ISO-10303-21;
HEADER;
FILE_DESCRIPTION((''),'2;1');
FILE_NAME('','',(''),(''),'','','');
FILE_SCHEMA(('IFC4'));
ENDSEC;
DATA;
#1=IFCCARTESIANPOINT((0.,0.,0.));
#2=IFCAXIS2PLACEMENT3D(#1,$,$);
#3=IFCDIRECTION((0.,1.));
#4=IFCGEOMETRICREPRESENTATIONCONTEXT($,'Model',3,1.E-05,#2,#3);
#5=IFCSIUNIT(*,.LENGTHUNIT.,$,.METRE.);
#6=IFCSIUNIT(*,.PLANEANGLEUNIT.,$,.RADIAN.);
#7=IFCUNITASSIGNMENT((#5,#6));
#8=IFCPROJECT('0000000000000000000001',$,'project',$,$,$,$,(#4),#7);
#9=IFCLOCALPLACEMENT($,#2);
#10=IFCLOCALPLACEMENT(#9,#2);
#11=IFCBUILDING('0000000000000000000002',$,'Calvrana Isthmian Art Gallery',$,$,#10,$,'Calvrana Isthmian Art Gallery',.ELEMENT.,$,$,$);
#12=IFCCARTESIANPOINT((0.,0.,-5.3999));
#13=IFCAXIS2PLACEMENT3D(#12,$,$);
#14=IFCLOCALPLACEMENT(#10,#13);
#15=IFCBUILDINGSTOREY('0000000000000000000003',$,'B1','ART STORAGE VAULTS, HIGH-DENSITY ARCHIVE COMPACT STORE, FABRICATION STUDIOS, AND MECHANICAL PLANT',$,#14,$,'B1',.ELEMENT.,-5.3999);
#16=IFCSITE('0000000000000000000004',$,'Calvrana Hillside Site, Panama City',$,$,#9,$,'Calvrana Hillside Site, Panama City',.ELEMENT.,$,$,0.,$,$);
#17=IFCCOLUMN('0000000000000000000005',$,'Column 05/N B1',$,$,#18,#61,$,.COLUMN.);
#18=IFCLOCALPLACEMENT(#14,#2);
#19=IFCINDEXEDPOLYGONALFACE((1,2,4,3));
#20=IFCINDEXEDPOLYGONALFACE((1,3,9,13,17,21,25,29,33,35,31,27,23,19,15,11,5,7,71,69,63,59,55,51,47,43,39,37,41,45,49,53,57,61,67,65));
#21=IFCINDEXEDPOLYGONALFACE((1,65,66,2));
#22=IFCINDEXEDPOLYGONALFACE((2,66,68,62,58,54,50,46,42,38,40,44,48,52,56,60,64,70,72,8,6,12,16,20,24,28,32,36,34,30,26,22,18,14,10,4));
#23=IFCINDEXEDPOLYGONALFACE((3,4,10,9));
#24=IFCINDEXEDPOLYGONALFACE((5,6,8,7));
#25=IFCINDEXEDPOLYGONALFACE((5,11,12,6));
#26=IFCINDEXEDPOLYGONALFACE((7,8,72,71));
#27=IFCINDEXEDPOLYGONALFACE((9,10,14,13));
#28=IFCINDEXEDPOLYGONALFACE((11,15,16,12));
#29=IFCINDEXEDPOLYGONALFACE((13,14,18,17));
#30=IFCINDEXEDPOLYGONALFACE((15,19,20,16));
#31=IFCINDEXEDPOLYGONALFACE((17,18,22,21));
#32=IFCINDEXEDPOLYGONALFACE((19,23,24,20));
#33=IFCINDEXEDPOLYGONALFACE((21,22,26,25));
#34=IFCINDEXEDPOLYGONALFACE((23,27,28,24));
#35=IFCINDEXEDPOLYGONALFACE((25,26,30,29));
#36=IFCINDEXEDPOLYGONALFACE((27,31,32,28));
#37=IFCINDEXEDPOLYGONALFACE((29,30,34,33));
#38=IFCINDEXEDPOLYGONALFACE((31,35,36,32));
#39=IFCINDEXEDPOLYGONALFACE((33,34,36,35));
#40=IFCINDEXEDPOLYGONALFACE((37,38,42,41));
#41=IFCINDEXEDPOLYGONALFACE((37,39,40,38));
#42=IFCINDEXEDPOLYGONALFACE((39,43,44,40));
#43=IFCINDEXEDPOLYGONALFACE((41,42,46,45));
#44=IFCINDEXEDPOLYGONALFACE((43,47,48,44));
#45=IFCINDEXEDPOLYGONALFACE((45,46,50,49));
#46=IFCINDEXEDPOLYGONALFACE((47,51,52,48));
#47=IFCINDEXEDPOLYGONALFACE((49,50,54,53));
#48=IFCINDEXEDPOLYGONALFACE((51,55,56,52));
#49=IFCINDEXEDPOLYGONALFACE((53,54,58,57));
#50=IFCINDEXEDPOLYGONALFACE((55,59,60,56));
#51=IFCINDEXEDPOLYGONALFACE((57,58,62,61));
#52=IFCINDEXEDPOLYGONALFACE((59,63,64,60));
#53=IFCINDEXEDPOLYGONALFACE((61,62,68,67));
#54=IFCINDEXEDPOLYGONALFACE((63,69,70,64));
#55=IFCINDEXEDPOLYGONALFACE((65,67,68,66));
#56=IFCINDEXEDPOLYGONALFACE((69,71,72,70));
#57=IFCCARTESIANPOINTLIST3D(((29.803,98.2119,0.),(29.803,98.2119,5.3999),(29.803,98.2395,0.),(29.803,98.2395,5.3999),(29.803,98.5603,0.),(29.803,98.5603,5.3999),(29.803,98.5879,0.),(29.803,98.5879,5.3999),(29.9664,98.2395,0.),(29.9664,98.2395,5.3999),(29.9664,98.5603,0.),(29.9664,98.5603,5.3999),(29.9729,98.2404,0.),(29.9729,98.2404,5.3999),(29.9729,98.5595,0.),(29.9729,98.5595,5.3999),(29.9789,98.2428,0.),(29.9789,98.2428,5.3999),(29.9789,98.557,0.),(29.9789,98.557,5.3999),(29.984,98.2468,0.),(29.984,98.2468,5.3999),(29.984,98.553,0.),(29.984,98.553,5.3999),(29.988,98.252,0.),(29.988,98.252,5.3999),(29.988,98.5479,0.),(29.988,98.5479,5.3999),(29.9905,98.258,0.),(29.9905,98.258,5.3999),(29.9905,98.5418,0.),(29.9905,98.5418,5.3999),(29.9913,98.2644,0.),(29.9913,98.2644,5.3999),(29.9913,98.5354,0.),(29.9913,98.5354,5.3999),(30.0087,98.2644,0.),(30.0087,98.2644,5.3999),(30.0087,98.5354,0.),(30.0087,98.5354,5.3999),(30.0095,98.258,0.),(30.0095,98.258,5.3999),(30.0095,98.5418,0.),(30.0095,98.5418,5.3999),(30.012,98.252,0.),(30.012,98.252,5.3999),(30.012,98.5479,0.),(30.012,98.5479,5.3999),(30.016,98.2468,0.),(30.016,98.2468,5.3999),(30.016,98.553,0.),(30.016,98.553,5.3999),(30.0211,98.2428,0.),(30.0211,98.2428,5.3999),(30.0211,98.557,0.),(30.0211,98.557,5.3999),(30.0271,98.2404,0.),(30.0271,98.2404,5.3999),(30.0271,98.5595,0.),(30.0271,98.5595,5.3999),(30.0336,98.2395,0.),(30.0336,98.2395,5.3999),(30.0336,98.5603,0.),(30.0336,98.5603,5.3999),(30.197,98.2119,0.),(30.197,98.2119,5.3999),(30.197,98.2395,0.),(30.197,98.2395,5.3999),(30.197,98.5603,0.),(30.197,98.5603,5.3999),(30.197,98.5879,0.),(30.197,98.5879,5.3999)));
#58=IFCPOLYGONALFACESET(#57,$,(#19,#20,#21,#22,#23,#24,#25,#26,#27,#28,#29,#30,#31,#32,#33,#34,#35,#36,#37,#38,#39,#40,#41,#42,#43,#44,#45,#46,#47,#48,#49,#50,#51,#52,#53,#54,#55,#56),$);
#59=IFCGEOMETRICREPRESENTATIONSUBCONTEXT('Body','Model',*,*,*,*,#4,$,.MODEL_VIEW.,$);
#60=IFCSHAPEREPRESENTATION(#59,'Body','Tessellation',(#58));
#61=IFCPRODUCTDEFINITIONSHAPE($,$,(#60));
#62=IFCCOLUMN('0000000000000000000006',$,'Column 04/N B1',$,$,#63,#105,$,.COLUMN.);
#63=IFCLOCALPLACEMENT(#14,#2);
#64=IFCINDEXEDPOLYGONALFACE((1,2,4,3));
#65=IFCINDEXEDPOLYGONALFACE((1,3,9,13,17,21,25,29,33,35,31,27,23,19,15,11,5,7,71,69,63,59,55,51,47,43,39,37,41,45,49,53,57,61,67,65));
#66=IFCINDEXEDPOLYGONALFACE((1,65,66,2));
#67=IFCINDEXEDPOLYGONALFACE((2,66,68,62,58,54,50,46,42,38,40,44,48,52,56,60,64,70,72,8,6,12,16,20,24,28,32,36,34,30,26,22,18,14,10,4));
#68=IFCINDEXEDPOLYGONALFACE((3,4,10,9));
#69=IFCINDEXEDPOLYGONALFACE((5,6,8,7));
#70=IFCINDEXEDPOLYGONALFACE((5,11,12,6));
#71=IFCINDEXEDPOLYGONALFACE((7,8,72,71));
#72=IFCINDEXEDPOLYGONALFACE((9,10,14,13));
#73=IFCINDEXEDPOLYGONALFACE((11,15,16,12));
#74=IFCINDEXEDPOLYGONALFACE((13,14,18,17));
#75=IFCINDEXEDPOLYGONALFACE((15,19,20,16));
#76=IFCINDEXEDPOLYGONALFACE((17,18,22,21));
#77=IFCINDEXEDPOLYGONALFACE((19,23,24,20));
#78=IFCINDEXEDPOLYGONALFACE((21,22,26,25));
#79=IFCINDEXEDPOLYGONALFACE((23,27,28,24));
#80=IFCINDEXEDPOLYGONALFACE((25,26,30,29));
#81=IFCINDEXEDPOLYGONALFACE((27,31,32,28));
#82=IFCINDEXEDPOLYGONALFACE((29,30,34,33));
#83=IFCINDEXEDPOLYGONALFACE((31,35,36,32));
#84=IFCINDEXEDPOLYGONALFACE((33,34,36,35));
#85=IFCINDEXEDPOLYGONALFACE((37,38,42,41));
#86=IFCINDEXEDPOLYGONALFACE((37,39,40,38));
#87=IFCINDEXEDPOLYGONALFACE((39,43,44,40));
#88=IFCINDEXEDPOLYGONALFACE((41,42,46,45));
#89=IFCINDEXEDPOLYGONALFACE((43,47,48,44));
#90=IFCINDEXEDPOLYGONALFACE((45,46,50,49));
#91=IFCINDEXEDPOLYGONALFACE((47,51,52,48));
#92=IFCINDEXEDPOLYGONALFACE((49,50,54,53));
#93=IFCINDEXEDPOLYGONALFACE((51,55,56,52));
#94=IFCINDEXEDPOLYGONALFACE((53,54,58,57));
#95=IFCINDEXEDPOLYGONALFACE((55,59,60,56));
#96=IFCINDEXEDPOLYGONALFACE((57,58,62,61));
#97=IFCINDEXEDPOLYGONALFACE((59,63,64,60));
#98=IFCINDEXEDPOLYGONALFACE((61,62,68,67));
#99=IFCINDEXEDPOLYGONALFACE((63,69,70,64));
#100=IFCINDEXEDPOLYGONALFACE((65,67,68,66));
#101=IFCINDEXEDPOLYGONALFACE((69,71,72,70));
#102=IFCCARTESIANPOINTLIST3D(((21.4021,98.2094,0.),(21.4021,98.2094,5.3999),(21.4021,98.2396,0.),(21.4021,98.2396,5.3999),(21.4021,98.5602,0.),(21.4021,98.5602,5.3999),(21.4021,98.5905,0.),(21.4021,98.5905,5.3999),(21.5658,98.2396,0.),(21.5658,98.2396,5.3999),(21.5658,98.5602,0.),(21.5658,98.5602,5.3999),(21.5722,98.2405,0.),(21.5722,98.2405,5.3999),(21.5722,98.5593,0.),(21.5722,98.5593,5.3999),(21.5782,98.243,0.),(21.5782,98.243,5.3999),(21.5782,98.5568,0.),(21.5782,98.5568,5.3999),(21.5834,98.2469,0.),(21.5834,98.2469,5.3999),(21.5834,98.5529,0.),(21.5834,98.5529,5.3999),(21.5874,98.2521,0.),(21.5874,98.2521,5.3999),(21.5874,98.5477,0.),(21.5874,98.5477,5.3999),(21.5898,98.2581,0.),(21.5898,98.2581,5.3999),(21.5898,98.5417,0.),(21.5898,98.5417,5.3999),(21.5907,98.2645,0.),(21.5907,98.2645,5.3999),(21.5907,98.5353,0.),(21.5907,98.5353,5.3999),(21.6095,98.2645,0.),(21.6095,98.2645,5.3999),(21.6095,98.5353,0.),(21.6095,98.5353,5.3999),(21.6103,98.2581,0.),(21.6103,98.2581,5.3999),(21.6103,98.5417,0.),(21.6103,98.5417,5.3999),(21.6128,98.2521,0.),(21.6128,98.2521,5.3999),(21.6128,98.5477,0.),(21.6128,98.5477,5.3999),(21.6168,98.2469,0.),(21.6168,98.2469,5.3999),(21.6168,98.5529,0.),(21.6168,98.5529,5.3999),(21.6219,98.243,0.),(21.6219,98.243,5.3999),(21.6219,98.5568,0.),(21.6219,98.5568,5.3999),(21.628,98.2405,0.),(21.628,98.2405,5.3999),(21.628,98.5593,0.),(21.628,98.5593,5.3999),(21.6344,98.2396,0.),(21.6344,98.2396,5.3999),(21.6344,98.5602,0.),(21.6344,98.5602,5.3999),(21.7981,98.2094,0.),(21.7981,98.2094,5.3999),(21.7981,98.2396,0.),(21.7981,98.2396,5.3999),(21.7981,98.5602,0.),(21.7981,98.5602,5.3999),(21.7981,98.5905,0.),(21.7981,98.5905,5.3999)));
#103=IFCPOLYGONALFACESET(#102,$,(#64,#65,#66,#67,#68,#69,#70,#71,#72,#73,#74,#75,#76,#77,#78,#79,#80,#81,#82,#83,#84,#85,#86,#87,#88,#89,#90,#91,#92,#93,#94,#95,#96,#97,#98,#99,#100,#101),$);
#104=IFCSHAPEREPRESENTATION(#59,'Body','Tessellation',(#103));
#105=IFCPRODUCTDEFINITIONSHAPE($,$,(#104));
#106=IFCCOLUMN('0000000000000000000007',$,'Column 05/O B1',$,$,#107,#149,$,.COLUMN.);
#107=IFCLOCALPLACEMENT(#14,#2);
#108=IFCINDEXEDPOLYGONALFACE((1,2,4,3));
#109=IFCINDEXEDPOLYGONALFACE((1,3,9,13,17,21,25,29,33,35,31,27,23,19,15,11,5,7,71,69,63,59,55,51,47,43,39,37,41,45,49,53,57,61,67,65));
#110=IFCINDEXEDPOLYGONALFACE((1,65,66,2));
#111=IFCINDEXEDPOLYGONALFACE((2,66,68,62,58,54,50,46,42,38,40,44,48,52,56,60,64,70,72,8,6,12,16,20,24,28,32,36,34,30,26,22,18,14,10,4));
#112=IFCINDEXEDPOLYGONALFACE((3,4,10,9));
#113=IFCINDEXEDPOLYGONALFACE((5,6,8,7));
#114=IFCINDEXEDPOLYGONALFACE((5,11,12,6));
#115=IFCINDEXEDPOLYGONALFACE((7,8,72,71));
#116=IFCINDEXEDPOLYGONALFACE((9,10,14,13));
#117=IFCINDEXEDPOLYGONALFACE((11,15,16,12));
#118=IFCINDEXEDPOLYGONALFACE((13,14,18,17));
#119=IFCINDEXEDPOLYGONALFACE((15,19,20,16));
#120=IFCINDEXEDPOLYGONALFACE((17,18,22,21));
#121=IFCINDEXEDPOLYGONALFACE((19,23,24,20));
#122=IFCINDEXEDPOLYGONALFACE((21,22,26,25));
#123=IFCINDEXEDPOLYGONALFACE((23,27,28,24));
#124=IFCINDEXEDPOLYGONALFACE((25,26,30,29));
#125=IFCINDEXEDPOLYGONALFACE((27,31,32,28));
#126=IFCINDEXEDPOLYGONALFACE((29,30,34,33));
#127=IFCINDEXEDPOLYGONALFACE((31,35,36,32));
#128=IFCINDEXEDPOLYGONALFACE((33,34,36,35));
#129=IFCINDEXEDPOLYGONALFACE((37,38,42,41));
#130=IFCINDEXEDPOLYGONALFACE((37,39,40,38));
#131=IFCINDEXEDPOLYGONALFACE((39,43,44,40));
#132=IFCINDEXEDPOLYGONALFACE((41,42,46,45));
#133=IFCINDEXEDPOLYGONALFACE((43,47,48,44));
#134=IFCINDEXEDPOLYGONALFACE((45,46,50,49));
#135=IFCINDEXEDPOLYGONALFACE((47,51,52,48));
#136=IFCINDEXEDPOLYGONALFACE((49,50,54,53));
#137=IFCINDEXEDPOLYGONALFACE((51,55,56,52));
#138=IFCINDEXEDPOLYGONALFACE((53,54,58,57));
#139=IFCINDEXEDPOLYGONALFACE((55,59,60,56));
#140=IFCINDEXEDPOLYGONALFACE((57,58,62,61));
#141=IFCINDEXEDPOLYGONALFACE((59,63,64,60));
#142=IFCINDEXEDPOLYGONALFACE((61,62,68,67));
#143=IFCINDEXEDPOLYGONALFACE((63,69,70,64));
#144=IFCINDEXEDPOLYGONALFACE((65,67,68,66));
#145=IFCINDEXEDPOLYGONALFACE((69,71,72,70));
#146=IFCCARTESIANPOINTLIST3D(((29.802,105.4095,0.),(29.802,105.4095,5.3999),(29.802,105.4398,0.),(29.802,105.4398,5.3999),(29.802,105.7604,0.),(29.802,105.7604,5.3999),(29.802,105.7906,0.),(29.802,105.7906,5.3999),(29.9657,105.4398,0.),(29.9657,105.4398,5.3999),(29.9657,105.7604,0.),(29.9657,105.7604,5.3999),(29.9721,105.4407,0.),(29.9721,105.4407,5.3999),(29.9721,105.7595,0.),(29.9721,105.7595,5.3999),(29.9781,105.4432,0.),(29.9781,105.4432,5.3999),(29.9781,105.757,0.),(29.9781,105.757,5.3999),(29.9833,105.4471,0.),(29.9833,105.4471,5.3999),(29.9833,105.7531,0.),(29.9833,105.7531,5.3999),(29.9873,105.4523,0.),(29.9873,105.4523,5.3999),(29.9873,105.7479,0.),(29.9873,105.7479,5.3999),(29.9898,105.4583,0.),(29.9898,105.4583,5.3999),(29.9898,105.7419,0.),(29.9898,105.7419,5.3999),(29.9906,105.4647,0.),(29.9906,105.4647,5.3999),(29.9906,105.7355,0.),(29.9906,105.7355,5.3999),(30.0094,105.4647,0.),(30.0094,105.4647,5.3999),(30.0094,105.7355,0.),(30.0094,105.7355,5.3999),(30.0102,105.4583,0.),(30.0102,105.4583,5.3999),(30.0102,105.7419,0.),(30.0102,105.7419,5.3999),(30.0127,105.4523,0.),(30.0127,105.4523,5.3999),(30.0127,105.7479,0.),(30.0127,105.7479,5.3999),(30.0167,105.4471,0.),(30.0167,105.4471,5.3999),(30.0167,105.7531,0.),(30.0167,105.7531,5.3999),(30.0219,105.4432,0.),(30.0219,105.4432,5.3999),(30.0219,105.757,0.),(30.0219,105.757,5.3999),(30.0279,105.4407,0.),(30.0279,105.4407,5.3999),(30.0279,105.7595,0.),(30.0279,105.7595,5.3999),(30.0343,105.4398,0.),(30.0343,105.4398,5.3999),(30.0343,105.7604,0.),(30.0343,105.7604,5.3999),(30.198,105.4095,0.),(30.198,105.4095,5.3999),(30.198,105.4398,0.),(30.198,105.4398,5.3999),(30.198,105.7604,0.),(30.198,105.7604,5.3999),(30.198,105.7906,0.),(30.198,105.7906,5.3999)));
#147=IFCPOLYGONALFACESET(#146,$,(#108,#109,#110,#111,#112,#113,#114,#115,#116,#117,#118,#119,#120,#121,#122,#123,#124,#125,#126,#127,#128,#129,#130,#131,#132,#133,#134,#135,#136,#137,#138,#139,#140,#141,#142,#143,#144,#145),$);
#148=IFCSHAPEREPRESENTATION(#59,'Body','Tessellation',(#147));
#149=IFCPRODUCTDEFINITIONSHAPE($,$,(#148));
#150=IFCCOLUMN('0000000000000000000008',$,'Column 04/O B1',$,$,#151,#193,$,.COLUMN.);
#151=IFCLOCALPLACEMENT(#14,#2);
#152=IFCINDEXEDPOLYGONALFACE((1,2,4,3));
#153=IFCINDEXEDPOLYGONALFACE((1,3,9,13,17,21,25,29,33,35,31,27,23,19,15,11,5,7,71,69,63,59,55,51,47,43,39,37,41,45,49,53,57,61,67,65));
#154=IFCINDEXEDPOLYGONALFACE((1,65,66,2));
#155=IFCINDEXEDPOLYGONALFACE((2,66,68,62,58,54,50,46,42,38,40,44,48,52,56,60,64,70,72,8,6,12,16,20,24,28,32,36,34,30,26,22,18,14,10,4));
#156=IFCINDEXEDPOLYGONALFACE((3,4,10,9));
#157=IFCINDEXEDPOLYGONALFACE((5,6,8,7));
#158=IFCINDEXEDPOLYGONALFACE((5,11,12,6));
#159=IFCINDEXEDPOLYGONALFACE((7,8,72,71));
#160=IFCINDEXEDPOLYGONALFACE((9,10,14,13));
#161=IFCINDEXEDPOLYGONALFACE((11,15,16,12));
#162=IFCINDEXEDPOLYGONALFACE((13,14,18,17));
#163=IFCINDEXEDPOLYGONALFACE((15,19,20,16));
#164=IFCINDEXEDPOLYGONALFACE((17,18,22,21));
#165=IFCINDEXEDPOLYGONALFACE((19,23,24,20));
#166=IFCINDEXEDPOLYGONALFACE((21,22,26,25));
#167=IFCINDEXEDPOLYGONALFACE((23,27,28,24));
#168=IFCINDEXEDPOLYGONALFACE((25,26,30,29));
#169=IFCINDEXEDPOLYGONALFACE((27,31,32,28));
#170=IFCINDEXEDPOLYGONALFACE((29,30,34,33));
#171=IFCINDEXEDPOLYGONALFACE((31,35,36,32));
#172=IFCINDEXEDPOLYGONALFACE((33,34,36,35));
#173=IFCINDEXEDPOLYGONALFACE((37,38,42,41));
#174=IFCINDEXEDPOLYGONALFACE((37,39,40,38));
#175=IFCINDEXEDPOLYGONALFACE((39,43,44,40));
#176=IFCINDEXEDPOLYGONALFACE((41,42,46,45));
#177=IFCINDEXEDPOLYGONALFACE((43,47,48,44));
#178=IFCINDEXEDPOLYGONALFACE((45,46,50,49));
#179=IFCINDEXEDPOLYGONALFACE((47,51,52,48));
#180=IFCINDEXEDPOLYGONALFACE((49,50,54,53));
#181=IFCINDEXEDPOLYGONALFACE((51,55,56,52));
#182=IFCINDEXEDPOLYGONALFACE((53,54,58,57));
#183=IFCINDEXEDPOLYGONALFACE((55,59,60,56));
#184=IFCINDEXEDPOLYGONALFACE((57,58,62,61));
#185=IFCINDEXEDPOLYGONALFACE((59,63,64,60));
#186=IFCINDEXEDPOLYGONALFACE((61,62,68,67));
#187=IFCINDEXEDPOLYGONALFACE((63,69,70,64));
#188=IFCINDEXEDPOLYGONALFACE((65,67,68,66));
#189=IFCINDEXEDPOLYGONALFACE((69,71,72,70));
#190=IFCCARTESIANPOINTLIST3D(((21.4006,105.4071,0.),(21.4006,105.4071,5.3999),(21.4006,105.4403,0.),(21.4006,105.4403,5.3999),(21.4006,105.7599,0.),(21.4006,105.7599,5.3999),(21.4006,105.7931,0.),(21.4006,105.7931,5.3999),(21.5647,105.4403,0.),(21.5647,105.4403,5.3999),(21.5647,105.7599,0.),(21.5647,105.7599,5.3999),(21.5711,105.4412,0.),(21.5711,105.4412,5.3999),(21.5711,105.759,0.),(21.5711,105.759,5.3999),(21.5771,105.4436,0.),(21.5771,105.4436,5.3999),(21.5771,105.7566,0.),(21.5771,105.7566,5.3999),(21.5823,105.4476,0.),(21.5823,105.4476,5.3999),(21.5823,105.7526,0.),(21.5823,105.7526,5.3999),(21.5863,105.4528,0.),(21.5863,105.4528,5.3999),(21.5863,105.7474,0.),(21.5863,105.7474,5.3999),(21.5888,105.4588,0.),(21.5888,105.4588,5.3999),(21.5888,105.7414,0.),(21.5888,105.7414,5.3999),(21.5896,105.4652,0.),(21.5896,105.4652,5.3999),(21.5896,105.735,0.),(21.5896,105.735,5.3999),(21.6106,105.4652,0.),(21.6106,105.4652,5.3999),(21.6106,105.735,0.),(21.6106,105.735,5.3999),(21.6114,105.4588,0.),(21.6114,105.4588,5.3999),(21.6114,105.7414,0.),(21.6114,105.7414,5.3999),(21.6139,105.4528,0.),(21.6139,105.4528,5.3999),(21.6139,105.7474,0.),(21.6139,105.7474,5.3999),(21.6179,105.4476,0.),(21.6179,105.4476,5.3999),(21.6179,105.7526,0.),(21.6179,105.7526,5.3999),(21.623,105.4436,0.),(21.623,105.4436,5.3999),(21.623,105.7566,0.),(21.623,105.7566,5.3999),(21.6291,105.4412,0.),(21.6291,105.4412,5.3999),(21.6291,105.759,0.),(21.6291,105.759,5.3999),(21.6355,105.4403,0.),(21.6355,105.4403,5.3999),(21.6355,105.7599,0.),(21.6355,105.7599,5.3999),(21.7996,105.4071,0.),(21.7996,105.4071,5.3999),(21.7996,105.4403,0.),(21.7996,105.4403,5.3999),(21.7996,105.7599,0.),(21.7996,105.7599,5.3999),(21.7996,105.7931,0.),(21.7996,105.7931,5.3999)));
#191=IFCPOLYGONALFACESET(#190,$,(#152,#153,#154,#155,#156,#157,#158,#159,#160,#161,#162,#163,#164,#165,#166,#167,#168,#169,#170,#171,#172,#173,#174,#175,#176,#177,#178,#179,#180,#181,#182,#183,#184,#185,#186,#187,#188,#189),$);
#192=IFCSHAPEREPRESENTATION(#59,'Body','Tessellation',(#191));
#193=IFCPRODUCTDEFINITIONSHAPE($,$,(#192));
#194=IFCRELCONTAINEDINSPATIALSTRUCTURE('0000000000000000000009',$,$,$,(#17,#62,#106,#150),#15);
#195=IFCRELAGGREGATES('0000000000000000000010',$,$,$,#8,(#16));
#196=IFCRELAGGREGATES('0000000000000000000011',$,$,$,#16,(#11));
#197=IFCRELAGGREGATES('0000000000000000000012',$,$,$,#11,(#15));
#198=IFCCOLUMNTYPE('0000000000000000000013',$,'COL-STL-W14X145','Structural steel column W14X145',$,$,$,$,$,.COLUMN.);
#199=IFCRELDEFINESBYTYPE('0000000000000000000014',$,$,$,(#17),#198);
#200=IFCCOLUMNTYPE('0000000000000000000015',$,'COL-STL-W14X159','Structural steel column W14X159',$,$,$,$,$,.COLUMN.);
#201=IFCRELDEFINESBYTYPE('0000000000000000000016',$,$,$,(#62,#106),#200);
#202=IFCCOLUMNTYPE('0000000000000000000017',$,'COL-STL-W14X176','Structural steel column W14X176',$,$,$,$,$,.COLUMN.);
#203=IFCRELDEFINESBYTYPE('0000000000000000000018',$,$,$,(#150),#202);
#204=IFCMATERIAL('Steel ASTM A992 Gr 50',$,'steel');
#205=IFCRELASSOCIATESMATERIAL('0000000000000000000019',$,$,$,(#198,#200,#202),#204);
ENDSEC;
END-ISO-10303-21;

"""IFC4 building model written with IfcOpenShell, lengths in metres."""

from ifc_helpers import new_model, si_unit, direction, frame, origin, origin_2d, place, context, subcontext, project, spatial, i_section, extrude, material, material_profile, profile_set, type_object, element, save


model = new_model("IFC4")

# Units and contexts
model_context = context("Model", 3, precision=1e-05, world=origin(), true_north=direction((0.0, 1.0)))
body_context = subcontext(model_context, "Body", "Model", "MODEL_VIEW")
ifc_project = project(units=[si_unit("LENGTHUNIT", "METRE"), si_unit("PLANEANGLEUNIT", "RADIAN")], contexts=[model_context])

# Site, building, storey
site_placement = place(None, origin())
site = spatial("IfcSite", under=ifc_project, at=site_placement, Name="Calvrana Hillside Site, Panama City", LongName="Calvrana Hillside Site, Panama City", CompositionType="ELEMENT", RefElevation=0.0)
building_placement = place(site_placement, origin())
building = spatial("IfcBuilding", under=site, at=building_placement, Name="Calvrana Isthmian Art Gallery", LongName="Calvrana Isthmian Art Gallery", CompositionType="ELEMENT")
storey_placement = place(building_placement, frame((0.0, 0.0, -5.3999)))
storey = spatial("IfcBuildingStorey", under=building, at=storey_placement, Name="B1", Description="ART STORAGE VAULTS, HIGH-DENSITY ARCHIVE COMPACT STORE, FABRICATION STUDIOS, AND MECHANICAL PLANT", LongName="B1", CompositionType="ELEMENT", Elevation=-5.3999)

# Columns
ifc_material_1 = material(Name="Steel ASTM A992 Gr 50", Category="steel")
ifc_material_profile_1 = material_profile(ifc_material_1, i_section(OverallWidth=0.394, OverallDepth=0.376, WebThickness=0.0173, FlangeThickness=0.0276, FilletRadius=0.0249, at=origin_2d()), Name="W14X145")
ifc_profile_set_1 = profile_set([ifc_material_profile_1], Name="Steel ASTM A992 Gr 50")
column_type_1 = type_object("IfcColumnType", Name="COL-STL-W14X145", Description="Structural steel column W14X145", PredefinedType="COLUMN", material=ifc_profile_set_1)
column_1_placement = place(storey_placement, frame((30.0, 98.3999, 0.0), z_axis=(0.0, 0.0, 1.0), x_axis=(1.0, 0.0, 0.0)))
element("IfcColumn", 1, at=column_1_placement, inside=storey, type_object=column_type_1, Name="Column 05/N B1", PredefinedType="COLUMN", context=body_context, shape_type="SweptSolid", body=[
    extrude(i_section(OverallWidth=0.394, OverallDepth=0.376, WebThickness=0.0173, FlangeThickness=0.0276, FilletRadius=0.0249, at=origin_2d()), origin(), (0.0, 0.0, 1.0), 5.3999),
])
ifc_material_profile_2 = material_profile(ifc_material_1, i_section(OverallWidth=0.396, OverallDepth=0.3811, WebThickness=0.0188, FlangeThickness=0.0303, FilletRadius=0.0249, at=origin_2d()), Name="W14X159")
ifc_profile_set_2 = profile_set([ifc_material_profile_2], Name="Steel ASTM A992 Gr 50")
column_type_2 = type_object("IfcColumnType", Name="COL-STL-W14X159", Description="Structural steel column W14X159", PredefinedType="COLUMN", material=ifc_profile_set_2)
for number, where, z_axis, x_axis, name in (
    (2, (21.6001, 98.3999, 0.0), (0.0, 0.0, 1.0), (1.0, 0.0, 0.0), "Column 04/N B1"),
    (3, (30.0, 105.6001, 0.0), (0.0, 0.0, 1.0), (1.0, 0.0, 0.0), "Column 05/O B1"),
):
    element("IfcColumn", number, at=place(storey_placement, frame(where, z_axis=z_axis, x_axis=x_axis)), inside=storey, type_object=column_type_2, Name=name, PredefinedType="COLUMN", context=body_context, shape_type="SweptSolid", body=[
        extrude(i_section(OverallWidth=0.396, OverallDepth=0.3811, WebThickness=0.0188, FlangeThickness=0.0303, FilletRadius=0.0249, at=origin_2d()), origin(), (0.0, 0.0, 1.0), 5.3999),
    ])
ifc_material_profile_3 = material_profile(ifc_material_1, i_section(OverallWidth=0.3989, OverallDepth=0.386, WebThickness=0.021, FlangeThickness=0.0332, FilletRadius=0.0249, at=origin_2d()), Name="W14X176")
ifc_profile_set_3 = profile_set([ifc_material_profile_3], Name="Steel ASTM A992 Gr 50")
column_type_3 = type_object("IfcColumnType", Name="COL-STL-W14X176", Description="Structural steel column W14X176", PredefinedType="COLUMN", material=ifc_profile_set_3)
column_2_placement = place(storey_placement, frame((21.6001, 105.6001, 0.0), z_axis=(0.0, 0.0, 1.0), x_axis=(1.0, 0.0, 0.0)))
element("IfcColumn", 4, at=column_2_placement, inside=storey, type_object=column_type_3, Name="Column 04/O B1", PredefinedType="COLUMN", context=body_context, shape_type="SweptSolid", body=[
    extrude(i_section(OverallWidth=0.3989, OverallDepth=0.386, WebThickness=0.021, FlangeThickness=0.0332, FilletRadius=0.0249, at=origin_2d()), origin(), (0.0, 0.0, 1.0), 5.3999),
])

save(model, "model.ifc")
